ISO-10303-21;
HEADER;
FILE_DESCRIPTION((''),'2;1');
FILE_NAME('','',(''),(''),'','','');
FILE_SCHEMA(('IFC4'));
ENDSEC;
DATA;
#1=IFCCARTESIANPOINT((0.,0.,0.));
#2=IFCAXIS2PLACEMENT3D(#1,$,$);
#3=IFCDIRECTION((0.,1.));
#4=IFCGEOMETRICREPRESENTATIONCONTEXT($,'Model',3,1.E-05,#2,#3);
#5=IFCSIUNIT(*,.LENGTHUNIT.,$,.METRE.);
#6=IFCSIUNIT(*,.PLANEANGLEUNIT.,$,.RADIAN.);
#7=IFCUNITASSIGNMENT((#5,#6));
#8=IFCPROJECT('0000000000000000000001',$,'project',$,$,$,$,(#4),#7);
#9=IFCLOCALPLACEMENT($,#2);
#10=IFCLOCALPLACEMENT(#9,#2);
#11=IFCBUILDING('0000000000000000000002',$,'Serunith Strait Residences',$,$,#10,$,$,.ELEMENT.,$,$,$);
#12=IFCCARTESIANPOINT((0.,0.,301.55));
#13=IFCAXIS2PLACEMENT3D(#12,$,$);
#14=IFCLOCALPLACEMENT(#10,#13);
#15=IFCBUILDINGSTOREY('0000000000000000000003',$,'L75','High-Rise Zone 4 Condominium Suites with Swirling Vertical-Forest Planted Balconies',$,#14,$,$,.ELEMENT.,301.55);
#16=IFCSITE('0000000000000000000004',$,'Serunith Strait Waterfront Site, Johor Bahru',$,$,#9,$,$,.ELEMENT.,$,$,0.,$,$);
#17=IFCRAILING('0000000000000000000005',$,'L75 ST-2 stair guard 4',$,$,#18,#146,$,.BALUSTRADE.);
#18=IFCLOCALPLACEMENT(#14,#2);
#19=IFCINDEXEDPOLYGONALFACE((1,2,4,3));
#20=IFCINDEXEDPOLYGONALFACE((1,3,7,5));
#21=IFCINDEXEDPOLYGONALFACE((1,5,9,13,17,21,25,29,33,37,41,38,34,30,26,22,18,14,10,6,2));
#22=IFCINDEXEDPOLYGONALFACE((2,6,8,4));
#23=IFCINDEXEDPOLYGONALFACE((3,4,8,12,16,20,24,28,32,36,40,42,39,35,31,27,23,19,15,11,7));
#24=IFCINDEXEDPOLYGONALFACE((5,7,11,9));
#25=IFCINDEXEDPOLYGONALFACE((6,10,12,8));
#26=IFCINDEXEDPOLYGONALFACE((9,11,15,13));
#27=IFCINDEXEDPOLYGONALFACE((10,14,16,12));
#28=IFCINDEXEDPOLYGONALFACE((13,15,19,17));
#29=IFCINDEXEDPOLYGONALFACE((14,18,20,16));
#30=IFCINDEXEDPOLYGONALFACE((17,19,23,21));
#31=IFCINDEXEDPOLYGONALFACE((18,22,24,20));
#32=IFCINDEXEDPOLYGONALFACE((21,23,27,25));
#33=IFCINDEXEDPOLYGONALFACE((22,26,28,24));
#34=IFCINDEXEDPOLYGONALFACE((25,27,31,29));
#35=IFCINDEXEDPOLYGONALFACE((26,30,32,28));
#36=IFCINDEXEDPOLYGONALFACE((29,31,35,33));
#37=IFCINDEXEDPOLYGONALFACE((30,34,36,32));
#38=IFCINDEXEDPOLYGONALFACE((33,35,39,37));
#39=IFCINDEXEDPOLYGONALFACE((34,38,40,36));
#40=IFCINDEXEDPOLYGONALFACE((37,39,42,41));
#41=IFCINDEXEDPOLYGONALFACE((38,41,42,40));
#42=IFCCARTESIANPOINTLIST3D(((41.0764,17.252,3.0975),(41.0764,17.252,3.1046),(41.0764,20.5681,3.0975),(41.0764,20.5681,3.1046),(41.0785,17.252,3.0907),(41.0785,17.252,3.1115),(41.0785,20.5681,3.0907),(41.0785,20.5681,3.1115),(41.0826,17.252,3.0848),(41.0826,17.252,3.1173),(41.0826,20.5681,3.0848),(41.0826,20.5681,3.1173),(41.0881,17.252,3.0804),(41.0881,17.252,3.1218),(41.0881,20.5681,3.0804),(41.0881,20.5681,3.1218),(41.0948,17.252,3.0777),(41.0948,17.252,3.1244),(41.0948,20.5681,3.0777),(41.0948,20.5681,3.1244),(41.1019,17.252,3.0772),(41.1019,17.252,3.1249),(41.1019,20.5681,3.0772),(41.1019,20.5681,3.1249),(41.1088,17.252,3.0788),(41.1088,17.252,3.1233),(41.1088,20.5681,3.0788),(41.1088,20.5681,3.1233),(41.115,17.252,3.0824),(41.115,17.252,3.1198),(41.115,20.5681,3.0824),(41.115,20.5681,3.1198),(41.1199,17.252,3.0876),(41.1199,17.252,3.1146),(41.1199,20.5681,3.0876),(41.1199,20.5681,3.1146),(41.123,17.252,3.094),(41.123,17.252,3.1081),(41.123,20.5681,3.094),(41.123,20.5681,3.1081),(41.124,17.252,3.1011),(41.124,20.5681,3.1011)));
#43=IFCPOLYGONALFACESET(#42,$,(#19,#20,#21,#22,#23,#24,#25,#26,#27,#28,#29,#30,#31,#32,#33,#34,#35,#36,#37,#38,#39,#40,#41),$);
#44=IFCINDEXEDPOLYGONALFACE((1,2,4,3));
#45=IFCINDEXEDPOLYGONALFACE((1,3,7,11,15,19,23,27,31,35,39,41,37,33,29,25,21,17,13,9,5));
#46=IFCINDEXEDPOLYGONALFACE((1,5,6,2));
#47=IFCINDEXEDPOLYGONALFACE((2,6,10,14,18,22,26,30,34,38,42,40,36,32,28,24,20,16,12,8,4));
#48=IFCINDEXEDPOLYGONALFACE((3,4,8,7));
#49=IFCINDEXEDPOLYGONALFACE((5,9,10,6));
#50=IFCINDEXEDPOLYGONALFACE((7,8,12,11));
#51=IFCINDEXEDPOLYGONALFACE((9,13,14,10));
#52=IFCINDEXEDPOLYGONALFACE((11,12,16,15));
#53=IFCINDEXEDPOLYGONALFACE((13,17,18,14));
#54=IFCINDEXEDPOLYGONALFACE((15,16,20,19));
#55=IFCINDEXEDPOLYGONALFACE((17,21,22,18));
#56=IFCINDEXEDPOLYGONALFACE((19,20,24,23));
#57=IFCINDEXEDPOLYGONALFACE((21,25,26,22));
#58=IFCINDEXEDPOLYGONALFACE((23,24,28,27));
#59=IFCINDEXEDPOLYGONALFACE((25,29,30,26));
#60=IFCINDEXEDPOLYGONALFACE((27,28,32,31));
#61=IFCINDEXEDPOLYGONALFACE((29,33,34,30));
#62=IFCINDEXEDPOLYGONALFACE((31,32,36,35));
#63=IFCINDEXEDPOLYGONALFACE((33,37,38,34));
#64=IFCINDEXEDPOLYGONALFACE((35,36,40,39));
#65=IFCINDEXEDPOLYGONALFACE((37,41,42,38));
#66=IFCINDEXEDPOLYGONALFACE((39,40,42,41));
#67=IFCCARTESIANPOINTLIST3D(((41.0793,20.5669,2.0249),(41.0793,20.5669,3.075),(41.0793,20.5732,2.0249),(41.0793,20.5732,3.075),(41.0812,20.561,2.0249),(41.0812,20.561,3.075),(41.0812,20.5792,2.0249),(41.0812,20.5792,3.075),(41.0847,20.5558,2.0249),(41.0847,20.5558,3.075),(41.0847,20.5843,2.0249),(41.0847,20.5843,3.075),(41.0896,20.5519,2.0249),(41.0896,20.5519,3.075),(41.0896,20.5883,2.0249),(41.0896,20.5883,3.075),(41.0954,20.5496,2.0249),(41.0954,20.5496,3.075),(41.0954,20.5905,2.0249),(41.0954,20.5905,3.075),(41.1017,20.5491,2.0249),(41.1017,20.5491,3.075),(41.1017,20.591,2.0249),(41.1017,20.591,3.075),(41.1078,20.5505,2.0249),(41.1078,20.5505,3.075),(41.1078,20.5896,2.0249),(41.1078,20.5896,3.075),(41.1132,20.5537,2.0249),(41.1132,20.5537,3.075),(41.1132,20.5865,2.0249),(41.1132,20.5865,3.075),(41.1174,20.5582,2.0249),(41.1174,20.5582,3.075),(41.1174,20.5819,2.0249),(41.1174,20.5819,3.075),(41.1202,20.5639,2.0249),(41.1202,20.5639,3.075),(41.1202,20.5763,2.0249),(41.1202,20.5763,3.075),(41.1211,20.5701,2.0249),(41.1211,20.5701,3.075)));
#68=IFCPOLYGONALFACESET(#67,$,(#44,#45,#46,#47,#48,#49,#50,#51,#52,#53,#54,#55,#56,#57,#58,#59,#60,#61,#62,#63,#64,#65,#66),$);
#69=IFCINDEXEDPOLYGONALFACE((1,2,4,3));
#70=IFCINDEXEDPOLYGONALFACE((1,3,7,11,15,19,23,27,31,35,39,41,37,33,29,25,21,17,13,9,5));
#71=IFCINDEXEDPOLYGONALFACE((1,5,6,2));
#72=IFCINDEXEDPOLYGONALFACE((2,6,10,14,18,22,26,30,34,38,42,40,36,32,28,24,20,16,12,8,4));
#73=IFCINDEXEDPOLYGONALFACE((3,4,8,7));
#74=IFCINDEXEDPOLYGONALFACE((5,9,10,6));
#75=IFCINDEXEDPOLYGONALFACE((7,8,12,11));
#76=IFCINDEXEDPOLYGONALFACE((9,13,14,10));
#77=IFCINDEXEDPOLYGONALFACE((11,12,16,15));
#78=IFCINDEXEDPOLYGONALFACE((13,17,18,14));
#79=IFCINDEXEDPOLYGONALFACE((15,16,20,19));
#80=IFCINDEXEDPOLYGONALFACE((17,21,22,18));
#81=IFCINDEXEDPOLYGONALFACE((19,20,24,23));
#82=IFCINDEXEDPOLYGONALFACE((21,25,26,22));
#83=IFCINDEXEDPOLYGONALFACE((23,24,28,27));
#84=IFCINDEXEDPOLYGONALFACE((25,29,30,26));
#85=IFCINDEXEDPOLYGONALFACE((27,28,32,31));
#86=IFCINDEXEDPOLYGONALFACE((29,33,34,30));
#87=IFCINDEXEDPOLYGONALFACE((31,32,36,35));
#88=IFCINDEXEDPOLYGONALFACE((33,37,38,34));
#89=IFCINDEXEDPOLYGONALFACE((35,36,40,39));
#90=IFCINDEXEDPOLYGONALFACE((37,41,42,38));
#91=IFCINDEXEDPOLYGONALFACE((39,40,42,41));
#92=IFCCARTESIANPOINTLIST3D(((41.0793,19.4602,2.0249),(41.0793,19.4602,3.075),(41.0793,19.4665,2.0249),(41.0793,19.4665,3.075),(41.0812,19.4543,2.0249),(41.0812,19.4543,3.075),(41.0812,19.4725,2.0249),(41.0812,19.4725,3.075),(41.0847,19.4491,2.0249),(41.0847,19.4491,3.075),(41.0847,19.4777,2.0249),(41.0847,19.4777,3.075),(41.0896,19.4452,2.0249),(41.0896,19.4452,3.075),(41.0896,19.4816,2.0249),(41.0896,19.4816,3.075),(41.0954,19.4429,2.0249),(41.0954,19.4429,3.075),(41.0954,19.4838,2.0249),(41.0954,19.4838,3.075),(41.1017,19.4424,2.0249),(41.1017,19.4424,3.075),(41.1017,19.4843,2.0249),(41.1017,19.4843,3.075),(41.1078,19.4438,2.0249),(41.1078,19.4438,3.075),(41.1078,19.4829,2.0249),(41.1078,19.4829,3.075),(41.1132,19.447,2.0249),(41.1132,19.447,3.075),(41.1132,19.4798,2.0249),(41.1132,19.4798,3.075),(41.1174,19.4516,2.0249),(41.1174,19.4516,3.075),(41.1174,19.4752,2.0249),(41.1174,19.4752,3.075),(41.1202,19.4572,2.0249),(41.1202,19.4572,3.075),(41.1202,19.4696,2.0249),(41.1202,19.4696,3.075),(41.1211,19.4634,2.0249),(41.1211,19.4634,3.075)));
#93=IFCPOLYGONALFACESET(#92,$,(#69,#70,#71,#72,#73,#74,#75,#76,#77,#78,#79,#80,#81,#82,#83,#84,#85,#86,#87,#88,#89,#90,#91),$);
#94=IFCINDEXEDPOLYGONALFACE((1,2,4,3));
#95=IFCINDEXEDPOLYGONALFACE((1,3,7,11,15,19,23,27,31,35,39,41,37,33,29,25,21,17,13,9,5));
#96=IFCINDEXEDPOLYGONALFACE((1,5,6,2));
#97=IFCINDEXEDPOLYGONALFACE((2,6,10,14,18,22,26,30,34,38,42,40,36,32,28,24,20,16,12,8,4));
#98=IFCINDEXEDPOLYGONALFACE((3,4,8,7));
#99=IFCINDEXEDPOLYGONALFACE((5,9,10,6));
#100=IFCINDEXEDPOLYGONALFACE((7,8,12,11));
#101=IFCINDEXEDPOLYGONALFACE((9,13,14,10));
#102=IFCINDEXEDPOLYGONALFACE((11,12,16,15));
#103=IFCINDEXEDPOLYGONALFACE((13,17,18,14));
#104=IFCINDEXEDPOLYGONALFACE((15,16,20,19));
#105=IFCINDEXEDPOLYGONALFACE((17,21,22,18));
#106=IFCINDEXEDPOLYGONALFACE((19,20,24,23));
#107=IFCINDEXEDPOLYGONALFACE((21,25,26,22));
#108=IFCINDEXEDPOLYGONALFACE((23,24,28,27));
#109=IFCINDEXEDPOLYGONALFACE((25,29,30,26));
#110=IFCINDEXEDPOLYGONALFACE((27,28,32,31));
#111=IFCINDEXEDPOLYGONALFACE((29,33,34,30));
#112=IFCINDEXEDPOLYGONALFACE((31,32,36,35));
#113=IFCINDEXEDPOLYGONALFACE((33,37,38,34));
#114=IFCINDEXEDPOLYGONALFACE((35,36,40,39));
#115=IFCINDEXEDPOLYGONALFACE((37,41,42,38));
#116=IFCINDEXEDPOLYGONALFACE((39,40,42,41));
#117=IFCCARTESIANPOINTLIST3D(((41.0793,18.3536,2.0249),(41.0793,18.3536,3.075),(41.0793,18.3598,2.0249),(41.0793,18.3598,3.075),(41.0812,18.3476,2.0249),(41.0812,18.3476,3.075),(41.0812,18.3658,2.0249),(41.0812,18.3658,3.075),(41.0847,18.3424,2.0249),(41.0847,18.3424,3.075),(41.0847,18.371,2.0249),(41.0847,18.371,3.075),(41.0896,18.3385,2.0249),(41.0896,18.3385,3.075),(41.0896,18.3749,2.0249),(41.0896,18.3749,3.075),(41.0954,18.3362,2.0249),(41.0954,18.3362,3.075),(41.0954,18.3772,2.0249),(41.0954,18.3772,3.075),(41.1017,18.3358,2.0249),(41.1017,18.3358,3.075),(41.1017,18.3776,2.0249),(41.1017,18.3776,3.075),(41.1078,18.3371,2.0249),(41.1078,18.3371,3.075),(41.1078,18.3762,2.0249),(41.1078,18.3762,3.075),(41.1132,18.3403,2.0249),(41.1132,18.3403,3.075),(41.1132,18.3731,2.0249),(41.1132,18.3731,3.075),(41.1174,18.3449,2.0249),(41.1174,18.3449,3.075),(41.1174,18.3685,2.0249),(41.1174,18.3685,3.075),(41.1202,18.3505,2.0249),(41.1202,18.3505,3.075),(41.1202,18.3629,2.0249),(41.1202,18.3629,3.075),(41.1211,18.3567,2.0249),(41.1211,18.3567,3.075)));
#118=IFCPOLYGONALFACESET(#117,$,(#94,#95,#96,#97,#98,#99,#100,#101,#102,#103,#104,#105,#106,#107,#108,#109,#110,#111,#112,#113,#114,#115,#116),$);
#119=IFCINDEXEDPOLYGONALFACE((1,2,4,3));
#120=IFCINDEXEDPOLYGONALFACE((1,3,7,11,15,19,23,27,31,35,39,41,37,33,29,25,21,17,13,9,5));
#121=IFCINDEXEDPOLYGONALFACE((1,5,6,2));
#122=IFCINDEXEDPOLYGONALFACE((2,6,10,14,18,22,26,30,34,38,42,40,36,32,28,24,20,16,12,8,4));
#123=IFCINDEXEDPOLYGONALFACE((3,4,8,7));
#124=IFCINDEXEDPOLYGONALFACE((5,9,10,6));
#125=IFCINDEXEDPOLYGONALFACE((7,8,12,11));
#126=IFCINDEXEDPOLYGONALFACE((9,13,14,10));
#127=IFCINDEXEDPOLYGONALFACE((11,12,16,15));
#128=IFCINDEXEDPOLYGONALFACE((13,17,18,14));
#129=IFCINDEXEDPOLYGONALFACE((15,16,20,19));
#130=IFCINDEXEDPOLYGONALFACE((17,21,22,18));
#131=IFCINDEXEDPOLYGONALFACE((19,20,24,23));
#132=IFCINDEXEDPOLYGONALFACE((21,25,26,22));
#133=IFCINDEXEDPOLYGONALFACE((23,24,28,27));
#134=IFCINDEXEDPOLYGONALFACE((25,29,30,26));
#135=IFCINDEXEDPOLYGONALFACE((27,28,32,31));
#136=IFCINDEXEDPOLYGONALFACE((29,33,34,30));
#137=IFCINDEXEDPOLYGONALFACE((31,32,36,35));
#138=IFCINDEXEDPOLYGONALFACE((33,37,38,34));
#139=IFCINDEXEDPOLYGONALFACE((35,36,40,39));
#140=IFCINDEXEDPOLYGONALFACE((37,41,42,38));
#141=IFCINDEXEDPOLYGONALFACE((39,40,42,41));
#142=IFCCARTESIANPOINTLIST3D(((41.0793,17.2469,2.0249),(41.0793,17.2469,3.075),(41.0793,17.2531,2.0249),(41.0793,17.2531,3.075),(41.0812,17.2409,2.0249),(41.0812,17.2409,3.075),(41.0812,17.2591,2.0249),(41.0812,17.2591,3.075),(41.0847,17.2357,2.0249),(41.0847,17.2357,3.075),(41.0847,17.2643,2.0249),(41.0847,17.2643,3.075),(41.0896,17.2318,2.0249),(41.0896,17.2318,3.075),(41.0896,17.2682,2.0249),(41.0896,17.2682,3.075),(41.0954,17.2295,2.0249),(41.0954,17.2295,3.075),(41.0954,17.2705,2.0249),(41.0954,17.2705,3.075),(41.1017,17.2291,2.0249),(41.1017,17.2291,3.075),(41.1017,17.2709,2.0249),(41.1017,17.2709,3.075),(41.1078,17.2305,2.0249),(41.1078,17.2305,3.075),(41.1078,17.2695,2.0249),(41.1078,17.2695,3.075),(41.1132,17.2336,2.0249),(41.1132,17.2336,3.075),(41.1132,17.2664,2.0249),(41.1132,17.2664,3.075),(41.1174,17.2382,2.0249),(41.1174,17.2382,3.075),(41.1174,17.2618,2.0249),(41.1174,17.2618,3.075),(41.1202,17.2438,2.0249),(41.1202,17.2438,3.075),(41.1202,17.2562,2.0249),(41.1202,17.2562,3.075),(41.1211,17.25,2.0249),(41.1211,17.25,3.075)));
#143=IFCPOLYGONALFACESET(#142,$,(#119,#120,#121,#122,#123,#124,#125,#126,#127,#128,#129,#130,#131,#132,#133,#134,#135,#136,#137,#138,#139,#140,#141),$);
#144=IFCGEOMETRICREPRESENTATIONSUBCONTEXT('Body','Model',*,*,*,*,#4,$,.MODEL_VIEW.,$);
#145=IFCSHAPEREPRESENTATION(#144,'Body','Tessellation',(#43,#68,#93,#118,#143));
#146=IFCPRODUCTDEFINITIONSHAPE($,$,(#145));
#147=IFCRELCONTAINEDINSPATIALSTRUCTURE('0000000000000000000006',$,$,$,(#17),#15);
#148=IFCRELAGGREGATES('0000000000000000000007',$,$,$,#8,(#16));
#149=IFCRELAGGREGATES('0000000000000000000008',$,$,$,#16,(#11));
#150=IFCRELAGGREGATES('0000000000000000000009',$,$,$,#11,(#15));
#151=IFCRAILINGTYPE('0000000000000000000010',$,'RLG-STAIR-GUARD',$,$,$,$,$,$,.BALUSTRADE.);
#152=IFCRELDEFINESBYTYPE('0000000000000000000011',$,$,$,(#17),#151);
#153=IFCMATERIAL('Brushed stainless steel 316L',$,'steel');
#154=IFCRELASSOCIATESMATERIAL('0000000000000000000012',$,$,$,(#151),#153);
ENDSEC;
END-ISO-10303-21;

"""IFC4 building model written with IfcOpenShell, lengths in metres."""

from ifc_helpers import new_model, si_unit, direction, frame, origin, origin_2d, place, context, subcontext, project, spatial, circle, extrude, material, type_object, element, save


model = new_model("IFC4")

# Units and contexts
model_context = context("Model", 3, precision=1e-05, world=origin(), true_north=direction((0.0, 1.0)))
body_context = subcontext(model_context, "Body", "Model", "MODEL_VIEW")
ifc_project = project(units=[si_unit("LENGTHUNIT", "METRE"), si_unit("PLANEANGLEUNIT", "RADIAN")], contexts=[model_context])

# Site, building, storey
site_placement = place(None, origin())
site = spatial("IfcSite", under=ifc_project, at=site_placement, Name="Serunith Strait Waterfront Site, Johor Bahru", CompositionType="ELEMENT", RefElevation=0.0)
building_placement = place(site_placement, origin())
building = spatial("IfcBuilding", under=site, at=building_placement, Name="Serunith Strait Residences", CompositionType="ELEMENT")
storey_placement = place(building_placement, frame((0.0, 0.0, 301.55)))
storey = spatial("IfcBuildingStorey", under=building, at=storey_placement, Name="L75", Description="High-Rise Zone 4 Condominium Suites with Swirling Vertical-Forest Planted Balconies", CompositionType="ELEMENT", Elevation=301.55)

# Railing
ifc_material_1 = material(Name="Brushed stainless steel 316L", Category="steel")
railing_type_1 = type_object("IfcRailingType", Name="RLG-STAIR-GUARD", PredefinedType="BALUSTRADE", material=ifc_material_1)
for number, where, name in (
    (1, (41.1001, 20.5701, 2.0249), "L75 ST-2 stair guard 4"),
):
    element("IfcRailing", number, at=place(storey_placement, frame(where)), inside=storey, type_object=railing_type_1, Name=name, PredefinedType="BALUSTRADE", context=body_context, shape_type="SweptSolid", body=[
        extrude(circle(Radius=0.0239, at=origin_2d()), frame((0.0, -0.002, 1.0762), z_axis=(0.0, -1.0, 0.0), x_axis=(1.0, 0.0, 0.0)), (0.0, 0.0, 1.0), 3.3162),
        extrude(circle(Radius=0.021, at=origin_2d()), origin(), (0.0, 0.0, 1.0), 1.05),
        extrude(circle(Radius=0.021, at=origin_2d()), frame((0.0, -1.1067, 0.0)), (0.0, 0.0, 1.0), 1.05),
        extrude(circle(Radius=0.021, at=origin_2d()), frame((0.0, -2.2134, 0.0)), (0.0, 0.0, 1.0), 1.05),
        extrude(circle(Radius=0.021, at=origin_2d()), frame((0.0, -3.3201, 0.0)), (0.0, 0.0, 1.0), 1.05),
    ])

save(model, "model.ifc")
